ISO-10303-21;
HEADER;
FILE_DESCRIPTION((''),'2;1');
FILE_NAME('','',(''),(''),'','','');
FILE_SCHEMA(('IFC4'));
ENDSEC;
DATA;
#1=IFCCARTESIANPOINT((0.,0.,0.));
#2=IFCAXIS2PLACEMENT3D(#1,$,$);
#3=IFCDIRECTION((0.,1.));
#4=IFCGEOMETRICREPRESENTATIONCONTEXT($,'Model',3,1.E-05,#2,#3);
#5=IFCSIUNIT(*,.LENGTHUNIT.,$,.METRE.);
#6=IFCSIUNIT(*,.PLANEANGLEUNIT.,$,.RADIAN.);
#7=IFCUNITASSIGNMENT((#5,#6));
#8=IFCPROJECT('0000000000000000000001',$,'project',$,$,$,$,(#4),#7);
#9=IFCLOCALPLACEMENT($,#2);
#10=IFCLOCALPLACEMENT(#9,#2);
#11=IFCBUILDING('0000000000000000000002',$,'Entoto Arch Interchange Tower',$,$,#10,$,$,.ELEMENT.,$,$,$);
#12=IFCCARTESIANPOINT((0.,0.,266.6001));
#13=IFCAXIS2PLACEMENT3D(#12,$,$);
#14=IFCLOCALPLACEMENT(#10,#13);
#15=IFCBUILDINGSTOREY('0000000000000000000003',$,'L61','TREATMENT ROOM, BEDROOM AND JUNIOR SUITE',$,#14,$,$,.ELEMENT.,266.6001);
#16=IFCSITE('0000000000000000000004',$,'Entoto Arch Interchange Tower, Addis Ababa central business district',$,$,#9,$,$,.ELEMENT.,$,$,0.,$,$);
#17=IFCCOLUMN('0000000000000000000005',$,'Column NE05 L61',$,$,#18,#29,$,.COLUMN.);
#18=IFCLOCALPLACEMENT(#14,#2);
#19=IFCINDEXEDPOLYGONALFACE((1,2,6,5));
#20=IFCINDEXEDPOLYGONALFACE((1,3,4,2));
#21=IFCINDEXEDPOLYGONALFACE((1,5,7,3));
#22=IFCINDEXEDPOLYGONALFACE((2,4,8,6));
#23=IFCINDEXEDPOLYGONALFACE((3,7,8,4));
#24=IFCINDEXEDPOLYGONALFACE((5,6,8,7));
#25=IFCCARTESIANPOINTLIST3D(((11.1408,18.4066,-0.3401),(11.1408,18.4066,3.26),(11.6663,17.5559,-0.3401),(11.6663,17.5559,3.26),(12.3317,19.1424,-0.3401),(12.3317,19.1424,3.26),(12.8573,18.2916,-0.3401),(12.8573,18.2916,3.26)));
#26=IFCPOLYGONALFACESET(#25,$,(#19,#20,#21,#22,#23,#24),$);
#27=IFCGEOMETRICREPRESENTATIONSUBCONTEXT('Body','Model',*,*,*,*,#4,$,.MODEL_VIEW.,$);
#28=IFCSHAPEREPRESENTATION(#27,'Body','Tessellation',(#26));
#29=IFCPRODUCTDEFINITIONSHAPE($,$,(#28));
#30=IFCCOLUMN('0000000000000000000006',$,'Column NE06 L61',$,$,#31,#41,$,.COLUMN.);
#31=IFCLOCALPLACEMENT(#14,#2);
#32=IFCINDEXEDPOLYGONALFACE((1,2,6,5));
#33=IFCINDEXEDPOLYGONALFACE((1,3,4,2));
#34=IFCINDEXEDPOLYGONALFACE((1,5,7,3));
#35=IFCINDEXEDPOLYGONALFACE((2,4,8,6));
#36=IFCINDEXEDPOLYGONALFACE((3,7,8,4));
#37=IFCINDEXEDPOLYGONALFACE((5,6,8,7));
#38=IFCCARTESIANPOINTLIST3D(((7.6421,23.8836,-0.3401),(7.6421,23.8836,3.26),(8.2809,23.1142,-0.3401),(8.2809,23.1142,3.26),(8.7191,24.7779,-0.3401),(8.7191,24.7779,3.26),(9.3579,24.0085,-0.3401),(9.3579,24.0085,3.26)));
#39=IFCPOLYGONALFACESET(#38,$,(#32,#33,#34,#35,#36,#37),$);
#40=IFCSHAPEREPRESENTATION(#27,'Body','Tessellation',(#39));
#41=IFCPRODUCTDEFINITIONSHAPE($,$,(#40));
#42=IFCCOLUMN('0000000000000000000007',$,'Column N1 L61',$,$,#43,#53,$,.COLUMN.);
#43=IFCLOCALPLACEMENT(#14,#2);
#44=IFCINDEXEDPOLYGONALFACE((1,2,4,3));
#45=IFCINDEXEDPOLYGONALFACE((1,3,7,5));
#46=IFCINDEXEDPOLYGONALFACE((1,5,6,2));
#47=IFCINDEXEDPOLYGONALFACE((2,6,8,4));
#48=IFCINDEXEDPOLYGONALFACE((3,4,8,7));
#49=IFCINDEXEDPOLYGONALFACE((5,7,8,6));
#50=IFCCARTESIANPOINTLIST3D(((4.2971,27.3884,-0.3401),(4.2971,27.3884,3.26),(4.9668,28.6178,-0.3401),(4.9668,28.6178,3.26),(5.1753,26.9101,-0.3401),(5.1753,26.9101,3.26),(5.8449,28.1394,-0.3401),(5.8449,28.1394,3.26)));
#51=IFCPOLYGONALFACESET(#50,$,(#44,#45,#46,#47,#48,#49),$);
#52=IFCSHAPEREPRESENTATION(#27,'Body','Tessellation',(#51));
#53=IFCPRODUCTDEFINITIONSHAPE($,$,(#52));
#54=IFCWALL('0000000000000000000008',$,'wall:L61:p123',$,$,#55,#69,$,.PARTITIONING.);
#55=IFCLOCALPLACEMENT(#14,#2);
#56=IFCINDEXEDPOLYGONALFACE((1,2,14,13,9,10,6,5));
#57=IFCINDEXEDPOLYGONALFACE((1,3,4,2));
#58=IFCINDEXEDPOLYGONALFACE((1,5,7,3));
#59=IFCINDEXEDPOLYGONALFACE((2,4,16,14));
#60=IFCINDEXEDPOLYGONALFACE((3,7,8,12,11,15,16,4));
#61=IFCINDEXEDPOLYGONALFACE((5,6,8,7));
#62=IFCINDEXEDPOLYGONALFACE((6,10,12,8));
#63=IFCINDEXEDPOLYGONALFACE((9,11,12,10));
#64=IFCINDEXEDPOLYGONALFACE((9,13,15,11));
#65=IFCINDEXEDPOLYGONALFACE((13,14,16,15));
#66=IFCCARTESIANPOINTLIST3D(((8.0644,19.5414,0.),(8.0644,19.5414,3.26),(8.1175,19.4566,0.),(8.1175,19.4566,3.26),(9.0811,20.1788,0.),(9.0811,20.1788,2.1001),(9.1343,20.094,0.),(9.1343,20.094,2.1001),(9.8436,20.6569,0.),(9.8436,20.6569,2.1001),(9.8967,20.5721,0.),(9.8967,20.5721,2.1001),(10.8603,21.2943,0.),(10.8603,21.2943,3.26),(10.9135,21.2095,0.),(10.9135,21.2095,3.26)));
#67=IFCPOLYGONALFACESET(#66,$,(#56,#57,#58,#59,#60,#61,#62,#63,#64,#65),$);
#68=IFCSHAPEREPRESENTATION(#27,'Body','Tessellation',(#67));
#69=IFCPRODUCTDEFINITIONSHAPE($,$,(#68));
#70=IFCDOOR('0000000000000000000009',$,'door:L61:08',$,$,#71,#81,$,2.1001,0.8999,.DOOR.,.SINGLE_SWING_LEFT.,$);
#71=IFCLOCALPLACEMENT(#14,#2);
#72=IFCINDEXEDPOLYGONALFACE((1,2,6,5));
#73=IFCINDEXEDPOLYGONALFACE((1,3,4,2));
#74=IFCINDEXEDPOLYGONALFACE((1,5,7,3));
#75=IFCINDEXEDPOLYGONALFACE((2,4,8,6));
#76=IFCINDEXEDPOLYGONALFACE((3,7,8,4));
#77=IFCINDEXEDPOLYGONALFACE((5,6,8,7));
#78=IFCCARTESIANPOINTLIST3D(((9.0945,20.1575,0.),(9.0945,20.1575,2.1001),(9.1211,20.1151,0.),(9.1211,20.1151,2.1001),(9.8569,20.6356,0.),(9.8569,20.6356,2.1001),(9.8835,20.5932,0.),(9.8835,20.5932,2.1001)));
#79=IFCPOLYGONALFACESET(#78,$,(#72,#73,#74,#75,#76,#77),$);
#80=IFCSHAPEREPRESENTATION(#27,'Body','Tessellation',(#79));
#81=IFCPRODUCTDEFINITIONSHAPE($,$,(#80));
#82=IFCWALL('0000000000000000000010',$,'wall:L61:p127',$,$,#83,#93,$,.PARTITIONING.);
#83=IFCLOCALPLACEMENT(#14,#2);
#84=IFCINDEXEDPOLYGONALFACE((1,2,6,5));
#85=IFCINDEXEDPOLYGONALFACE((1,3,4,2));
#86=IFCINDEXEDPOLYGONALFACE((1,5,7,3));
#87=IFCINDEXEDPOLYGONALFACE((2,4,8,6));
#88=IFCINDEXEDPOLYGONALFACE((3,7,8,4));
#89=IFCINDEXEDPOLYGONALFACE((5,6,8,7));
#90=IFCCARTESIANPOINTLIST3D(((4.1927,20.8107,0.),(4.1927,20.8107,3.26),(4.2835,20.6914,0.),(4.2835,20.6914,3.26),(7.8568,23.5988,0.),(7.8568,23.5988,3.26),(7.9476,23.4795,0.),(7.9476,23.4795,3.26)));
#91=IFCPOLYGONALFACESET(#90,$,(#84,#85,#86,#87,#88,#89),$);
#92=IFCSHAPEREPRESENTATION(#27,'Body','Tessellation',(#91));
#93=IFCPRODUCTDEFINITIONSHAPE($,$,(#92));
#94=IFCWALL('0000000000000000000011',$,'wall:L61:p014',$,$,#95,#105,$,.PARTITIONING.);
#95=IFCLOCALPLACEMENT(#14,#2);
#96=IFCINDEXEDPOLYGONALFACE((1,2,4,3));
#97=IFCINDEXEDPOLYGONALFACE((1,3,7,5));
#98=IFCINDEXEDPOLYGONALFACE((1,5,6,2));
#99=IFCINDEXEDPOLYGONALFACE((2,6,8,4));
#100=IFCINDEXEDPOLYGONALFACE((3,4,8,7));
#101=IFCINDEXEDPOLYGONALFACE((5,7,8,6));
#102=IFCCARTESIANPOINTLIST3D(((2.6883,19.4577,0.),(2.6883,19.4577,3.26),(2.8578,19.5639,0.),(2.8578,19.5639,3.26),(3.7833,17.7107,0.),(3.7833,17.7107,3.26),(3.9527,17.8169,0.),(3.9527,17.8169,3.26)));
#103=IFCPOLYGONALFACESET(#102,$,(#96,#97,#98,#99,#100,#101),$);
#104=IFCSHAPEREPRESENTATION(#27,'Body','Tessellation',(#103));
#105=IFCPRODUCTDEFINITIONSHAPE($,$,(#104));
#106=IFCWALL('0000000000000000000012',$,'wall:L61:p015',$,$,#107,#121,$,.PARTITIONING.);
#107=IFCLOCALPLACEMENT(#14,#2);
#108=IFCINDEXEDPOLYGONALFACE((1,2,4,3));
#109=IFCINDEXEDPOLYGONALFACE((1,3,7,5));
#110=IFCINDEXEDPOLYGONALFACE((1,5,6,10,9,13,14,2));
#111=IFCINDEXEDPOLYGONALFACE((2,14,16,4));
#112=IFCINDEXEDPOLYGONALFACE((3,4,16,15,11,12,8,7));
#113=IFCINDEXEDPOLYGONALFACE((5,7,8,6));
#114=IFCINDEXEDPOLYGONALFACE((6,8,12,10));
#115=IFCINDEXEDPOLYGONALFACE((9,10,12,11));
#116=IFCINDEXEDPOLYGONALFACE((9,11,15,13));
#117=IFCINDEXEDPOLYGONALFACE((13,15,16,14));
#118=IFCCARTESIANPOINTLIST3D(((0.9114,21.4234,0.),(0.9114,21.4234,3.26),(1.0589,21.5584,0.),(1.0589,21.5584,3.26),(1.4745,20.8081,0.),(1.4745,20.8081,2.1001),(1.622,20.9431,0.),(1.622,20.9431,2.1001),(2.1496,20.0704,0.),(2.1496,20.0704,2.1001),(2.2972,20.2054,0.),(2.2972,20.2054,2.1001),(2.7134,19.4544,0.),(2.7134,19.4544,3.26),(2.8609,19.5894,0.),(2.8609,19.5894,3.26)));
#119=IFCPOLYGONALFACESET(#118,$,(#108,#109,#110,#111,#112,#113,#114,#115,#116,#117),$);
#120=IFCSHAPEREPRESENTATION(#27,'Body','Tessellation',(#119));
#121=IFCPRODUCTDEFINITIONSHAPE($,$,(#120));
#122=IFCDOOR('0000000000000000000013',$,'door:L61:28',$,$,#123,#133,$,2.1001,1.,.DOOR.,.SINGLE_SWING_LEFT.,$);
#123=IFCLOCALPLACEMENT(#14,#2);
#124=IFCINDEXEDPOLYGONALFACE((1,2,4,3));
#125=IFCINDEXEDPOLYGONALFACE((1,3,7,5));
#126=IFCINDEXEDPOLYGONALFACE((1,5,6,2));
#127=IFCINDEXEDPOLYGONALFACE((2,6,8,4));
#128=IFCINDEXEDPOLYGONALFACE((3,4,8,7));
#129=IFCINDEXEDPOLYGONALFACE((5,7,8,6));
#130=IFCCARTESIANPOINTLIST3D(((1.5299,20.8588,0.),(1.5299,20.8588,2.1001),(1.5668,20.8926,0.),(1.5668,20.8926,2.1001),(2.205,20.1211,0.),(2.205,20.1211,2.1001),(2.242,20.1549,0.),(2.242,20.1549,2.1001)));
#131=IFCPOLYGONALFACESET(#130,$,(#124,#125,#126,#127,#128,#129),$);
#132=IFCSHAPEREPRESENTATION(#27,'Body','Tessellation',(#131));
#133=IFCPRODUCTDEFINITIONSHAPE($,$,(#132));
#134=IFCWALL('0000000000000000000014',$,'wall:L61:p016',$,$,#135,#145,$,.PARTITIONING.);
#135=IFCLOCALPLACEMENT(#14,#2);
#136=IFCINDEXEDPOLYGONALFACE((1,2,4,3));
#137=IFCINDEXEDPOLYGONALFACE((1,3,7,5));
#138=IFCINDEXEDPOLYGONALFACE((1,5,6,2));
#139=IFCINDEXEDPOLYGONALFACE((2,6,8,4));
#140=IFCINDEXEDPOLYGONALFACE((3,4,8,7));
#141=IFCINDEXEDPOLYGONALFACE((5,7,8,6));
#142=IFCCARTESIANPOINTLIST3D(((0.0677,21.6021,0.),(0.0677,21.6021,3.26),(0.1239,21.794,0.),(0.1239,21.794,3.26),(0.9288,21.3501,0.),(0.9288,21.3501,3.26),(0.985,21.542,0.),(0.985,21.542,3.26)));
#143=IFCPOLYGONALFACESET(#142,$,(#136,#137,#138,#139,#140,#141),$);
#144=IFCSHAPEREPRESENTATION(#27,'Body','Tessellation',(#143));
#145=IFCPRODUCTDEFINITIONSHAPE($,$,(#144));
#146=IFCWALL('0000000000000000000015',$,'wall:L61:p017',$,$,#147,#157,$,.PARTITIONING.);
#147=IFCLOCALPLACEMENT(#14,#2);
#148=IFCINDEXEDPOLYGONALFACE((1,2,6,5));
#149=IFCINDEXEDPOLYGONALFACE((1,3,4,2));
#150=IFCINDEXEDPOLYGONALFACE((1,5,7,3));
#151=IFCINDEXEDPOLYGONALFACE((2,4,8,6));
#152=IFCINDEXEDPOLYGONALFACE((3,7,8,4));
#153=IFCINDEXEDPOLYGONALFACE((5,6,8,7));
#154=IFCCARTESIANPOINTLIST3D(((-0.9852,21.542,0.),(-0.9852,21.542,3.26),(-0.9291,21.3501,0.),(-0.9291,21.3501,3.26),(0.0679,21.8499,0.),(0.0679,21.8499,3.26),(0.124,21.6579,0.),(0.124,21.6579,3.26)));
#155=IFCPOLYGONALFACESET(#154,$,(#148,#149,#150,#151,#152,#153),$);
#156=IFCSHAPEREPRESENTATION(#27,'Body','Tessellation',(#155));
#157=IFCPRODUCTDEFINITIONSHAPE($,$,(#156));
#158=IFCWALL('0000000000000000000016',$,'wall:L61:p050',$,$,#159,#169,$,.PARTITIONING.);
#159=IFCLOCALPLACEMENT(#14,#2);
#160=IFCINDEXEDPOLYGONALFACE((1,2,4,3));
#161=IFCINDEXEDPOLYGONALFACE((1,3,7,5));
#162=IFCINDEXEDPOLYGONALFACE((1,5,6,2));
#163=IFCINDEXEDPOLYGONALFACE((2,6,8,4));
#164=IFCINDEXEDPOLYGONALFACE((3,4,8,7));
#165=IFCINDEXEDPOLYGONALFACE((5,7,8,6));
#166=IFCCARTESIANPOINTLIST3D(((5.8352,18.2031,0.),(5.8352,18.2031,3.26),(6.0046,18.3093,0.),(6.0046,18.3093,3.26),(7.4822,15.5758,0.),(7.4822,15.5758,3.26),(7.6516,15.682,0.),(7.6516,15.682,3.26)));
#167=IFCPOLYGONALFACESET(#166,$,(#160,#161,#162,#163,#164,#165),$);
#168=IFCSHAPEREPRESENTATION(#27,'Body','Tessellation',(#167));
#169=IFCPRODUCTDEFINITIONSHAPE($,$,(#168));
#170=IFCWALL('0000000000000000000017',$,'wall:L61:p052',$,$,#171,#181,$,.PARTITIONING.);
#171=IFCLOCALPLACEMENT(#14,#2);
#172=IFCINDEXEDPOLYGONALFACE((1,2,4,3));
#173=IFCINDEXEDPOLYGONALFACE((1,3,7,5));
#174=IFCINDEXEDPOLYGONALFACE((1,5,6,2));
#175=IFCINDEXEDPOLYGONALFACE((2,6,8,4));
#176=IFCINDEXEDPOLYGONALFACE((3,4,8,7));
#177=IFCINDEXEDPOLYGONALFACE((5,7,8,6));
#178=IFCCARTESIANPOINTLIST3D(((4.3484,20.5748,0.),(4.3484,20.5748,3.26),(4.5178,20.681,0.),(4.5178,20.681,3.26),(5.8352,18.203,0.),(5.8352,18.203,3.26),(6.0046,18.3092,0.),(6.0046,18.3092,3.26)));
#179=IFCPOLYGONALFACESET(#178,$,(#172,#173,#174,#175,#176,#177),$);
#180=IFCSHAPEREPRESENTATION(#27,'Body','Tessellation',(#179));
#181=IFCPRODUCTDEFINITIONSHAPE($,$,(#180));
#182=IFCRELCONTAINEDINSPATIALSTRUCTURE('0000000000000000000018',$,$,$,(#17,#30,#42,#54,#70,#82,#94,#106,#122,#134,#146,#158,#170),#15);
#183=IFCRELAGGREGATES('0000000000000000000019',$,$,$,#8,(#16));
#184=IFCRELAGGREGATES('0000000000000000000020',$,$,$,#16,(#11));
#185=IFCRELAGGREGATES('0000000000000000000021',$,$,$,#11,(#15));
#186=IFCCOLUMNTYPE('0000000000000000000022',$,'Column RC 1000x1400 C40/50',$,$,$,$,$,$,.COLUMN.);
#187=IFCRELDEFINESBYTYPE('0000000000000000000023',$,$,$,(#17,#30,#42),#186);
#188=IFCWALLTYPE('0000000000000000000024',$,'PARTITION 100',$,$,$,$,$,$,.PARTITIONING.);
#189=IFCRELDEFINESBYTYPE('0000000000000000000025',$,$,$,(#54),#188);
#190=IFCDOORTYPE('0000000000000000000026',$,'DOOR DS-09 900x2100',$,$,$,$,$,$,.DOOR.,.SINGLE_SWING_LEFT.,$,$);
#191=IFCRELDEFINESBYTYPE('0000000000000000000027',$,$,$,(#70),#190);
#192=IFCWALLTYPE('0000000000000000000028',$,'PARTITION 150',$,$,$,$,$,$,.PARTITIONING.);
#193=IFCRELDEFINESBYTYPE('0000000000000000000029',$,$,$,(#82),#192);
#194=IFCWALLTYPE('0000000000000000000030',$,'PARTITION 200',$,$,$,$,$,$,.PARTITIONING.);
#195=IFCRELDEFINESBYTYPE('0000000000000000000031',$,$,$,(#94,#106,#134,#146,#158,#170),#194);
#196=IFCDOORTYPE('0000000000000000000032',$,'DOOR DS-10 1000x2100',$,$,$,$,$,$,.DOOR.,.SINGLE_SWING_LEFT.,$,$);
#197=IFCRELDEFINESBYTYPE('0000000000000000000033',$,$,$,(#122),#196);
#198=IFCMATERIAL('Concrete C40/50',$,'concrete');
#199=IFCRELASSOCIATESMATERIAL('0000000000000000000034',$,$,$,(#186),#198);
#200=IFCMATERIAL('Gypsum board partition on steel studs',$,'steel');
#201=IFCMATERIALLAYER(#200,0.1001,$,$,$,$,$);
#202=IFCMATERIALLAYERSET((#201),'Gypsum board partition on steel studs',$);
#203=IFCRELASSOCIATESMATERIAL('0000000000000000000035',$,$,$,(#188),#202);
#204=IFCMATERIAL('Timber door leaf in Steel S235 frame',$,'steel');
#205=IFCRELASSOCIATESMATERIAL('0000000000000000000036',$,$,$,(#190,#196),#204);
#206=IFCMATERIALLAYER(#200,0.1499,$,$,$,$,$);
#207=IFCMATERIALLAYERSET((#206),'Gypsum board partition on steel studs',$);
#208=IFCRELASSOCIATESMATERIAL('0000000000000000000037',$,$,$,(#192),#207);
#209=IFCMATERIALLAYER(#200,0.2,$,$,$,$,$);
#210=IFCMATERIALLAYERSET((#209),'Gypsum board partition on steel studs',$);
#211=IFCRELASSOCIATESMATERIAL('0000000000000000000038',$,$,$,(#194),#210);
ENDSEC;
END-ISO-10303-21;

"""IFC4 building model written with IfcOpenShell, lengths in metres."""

from ifc_helpers import new_model, si_unit, direction, frame, frame_2d, origin, origin_2d, place, context, subcontext, project, spatial, rectangle, extrude, material, layer, layer_set, material_profile, profile_set, type_object, element, fill, save


model = new_model("IFC4")

# Units and contexts
model_context = context("Model", 3, precision=1e-05, world=origin(), true_north=direction((0.0, 1.0)))
body_context = subcontext(model_context, "Body", "Model", "MODEL_VIEW")
ifc_project = project(units=[si_unit("LENGTHUNIT", "METRE"), si_unit("PLANEANGLEUNIT", "RADIAN")], contexts=[model_context])

# Site, building, storey
site_placement = place(None, origin())
site = spatial("IfcSite", under=ifc_project, at=site_placement, Name="Entoto Arch Interchange Tower, Addis Ababa central business district", CompositionType="ELEMENT", RefElevation=0.0)
building_placement = place(site_placement, origin())
building = spatial("IfcBuilding", under=site, at=building_placement, Name="Entoto Arch Interchange Tower", CompositionType="ELEMENT")
storey_placement = place(building_placement, frame((0.0, 0.0, 266.6001)))
storey = spatial("IfcBuildingStorey", under=building, at=storey_placement, Name="L61", Description="TREATMENT ROOM, BEDROOM AND JUNIOR SUITE", CompositionType="ELEMENT", Elevation=266.6001)

# Columns
ifc_material_1 = material(Name="Concrete C40/50", Category="concrete")
ifc_material_profile = material_profile(ifc_material_1, rectangle(XDim=1.0, YDim=1.3999, at=origin_2d()))
ifc_profile_set = profile_set([ifc_material_profile], Name="Concrete C40/50")
column_type = type_object("IfcColumnType", Name="Column RC 1000x1400 C40/50", PredefinedType="COLUMN", material=ifc_profile_set)
for number, where, z_axis, x_axis, name in (
    (1, (11.999, 18.3491, -0.3401), (0.0, 0.0, 1.0), (-0.525576, 0.850747, 0.0), "Column NE05 L61"),
    (2, (8.5, 23.946, -0.3401), (0.0, 0.0, 1.0), (-0.638835, 0.769344, 0.0), "Column NE06 L61"),
    (3, (5.071, 27.7639, -0.3401), (0.0, 0.0, 1.0), (-0.878175, 0.478339, 0.0), "Column N1 L61"),
):
    element("IfcColumn", number, at=place(storey_placement, frame(where, z_axis=z_axis, x_axis=x_axis)), inside=storey, type_object=column_type, Name=name, PredefinedType="COLUMN", context=body_context, shape_type="SweptSolid", body=[
        extrude(rectangle(XDim=1.0, YDim=1.3999, at=origin_2d()), origin(), (0.0, 0.0, 1.0), 3.6001),
    ])

# Wall, opening, door
ifc_material_2 = material(Name="Gypsum board partition on steel studs", Category="steel")
ifc_layer_1 = layer(ifc_material_2, 0.1001)
ifc_layer_set_1 = layer_set([ifc_layer_1], Name="Gypsum board partition on steel studs")
wall_type_1 = type_object("IfcWallType", Name="PARTITION 100", PredefinedType="PARTITIONING", material=ifc_layer_set_1)
wall_1_placement = place(storey_placement, frame((8.0911, 19.499, 0.0), z_axis=(0.0, 0.0, 1.0), x_axis=(0.847249, 0.531195, 0.0)))
wall_1 = element("IfcWall", 4, at=wall_1_placement, inside=storey, type_object=wall_type_1, Name="wall:L61:p123", PredefinedType="PARTITIONING", context=body_context, shape_type="SweptSolid", body=[
    extrude(rectangle(XDim=3.3, YDim=0.1001, at=frame_2d((1.6499, 0.0))), origin(), (0.0, 0.0, 1.0), 3.26),
])
opening_1_placement = place(wall_1_placement, frame((1.2, 0.0, 0.0)))
opening_1 = element("IfcOpeningElement", 5, at=opening_1_placement, cuts=wall_1, PredefinedType="OPENING", context=body_context, shape_type="SweptSolid", body=[
    extrude(rectangle(XDim=0.8999, YDim=2.1001, at=frame_2d((0.45, 1.05))), frame((0.0, 0.0601, 0.0), z_axis=(0.0, -1.0, 0.0), x_axis=(1.0, 0.0, 0.0)), (0.0, 0.0, 1.0), 0.1201),
])
ifc_material_3 = material(Name="Timber door leaf in Steel S235 frame", Category="steel")
door_type_1 = type_object("IfcDoorType", Name="DOOR DS-09 900x2100", OperationType="SINGLE_SWING_LEFT", PredefinedType="DOOR", material=ifc_material_3)
door_1_placement = place(opening_1_placement, origin())
door_1 = element("IfcDoor", 6, at=door_1_placement, inside=storey, type_object=door_type_1, Name="door:L61:08", OperationType="SINGLE_SWING_LEFT", OverallHeight=2.1001, OverallWidth=0.8999, PredefinedType="DOOR", context=body_context, shape_type="SweptSolid", body=[
    extrude(rectangle(XDim=0.8999, YDim=2.1001, at=frame_2d((0.45, 1.05))), frame((0.0, 0.0249, 0.0), z_axis=(0.0, -1.0, 0.0), x_axis=(1.0, 0.0, 0.0)), (0.0, 0.0, 1.0), 0.05),
])
fill(opening_1, door_1)

# Walls
ifc_layer_2 = layer(ifc_material_2, 0.1499)
ifc_layer_set_2 = layer_set([ifc_layer_2], Name="Gypsum board partition on steel studs")
wall_type_2 = type_object("IfcWallType", Name="PARTITION 150", PredefinedType="PARTITIONING", material=ifc_layer_set_2)
wall_2_placement = place(storey_placement, frame((4.238, 20.751, 0.0), z_axis=(0.0, 0.0, 1.0), x_axis=(0.795806, 0.605551, 0.0)))
element("IfcWall", 7, at=wall_2_placement, inside=storey, type_object=wall_type_2, Name="wall:L61:p127", PredefinedType="PARTITIONING", context=body_context, shape_type="SweptSolid", body=[
    extrude(rectangle(XDim=4.6042, YDim=0.1499, at=frame_2d((2.3022, 0.0))), origin(), (0.0, 0.0, 1.0), 3.26),
])
ifc_layer_3 = layer(ifc_material_2, 0.2)
ifc_layer_set_3 = layer_set([ifc_layer_3], Name="Gypsum board partition on steel studs")
wall_type_3 = type_object("IfcWallType", Name="PARTITION 200", PredefinedType="PARTITIONING", material=ifc_layer_set_3)
wall_3_placement = place(storey_placement, frame((3.8679, 17.7639, 0.0), z_axis=(0.0, 0.0, 1.0), x_axis=(-0.531063, 0.847332, 0.0)))
element("IfcWall", 8, at=wall_3_placement, inside=storey, type_object=wall_type_3, Name="wall:L61:p014", PredefinedType="PARTITIONING", context=body_context, shape_type="SweptSolid", body=[
    extrude(rectangle(XDim=2.0618, YDim=0.2, at=frame_2d((1.0308, 0.0))), origin(), (0.0, 0.0, 1.0), 3.26),
])

# Wall, opening, door
wall_4_placement = place(storey_placement, frame((2.7871, 19.522, 0.0), z_axis=(0.0, 0.0, 1.0), x_axis=(-0.675132, 0.737697, 0.0)))
wall_4 = element("IfcWall", 9, at=wall_4_placement, inside=storey, type_object=wall_type_3, Name="wall:L61:p015", PredefinedType="PARTITIONING", context=body_context, shape_type="SweptSolid", body=[
    extrude(rectangle(XDim=2.6692, YDim=0.2, at=frame_2d((1.3345, 0.0))), origin(), (0.0, 0.0, 1.0), 3.26),
])
opening_2_placement = place(wall_4_placement, frame((0.835, 0.0, 0.0)))
opening_2 = element("IfcOpeningElement", 10, at=opening_2_placement, cuts=wall_4, PredefinedType="OPENING", context=body_context, shape_type="SweptSolid", body=[
    extrude(rectangle(XDim=1.0, YDim=2.1001, at=frame_2d((0.5, 1.05))), frame((0.0, 0.1099, 0.0), z_axis=(0.0, -1.0, 0.0), x_axis=(1.0, 0.0, 0.0)), (0.0, 0.0, 1.0), 0.22),
])
door_type_2 = type_object("IfcDoorType", Name="DOOR DS-10 1000x2100", OperationType="SINGLE_SWING_LEFT", PredefinedType="DOOR", material=ifc_material_3)
door_2_placement = place(opening_2_placement, origin())
door_2 = element("IfcDoor", 11, at=door_2_placement, inside=storey, type_object=door_type_2, Name="door:L61:28", OperationType="SINGLE_SWING_LEFT", OverallHeight=2.1001, OverallWidth=1.0, PredefinedType="DOOR", context=body_context, shape_type="SweptSolid", body=[
    extrude(rectangle(XDim=1.0, YDim=2.1001, at=frame_2d((0.5, 1.05))), frame((0.0, 0.0249, 0.0), z_axis=(0.0, -1.0, 0.0), x_axis=(1.0, 0.0, 0.0)), (0.0, 0.0, 1.0), 0.05),
])
fill(opening_2, door_2)

# Walls
wall_5_placement = place(storey_placement, frame((0.957, 21.446, 0.0), z_axis=(0.0, 0.0, 1.0), x_axis=(-0.959759, 0.280825, 0.0)))
element("IfcWall", 12, at=wall_5_placement, inside=storey, type_object=wall_type_3, Name="wall:L61:p016", PredefinedType="PARTITIONING", context=body_context, shape_type="SweptSolid", body=[
    extrude(rectangle(XDim=0.8972, YDim=0.2, at=frame_2d((0.4487, 0.0))), origin(), (0.0, 0.0, 1.0), 3.26),
])
wall_6_placement = place(storey_placement, frame((0.0959, 21.7539, 0.0), z_axis=(0.0, 0.0, 1.0), x_axis=(-0.959818, -0.280624, 0.0)))
element("IfcWall", 13, at=wall_6_placement, inside=storey, type_object=wall_type_3, Name="wall:L61:p017", PredefinedType="PARTITIONING", context=body_context, shape_type="SweptSolid", body=[
    extrude(rectangle(XDim=1.0972, YDim=0.2, at=frame_2d((0.5486, 0.0))), origin(), (0.0, 0.0, 1.0), 3.26),
])
wall_7_placement = place(storey_placement, frame((5.9199, 18.2561, 0.0), z_axis=(0.0, 0.0, 1.0), x_axis=(0.531152, -0.847277, 0.0)))
element("IfcWall", 14, at=wall_7_placement, inside=storey, type_object=wall_type_3, Name="wall:L61:p050", PredefinedType="PARTITIONING", context=body_context, shape_type="SweptSolid", body=[
    extrude(rectangle(XDim=3.1008, YDim=0.2, at=frame_2d((1.5503, 0.0))), origin(), (0.0, 0.0, 1.0), 3.26),
])
wall_8_placement = place(storey_placement, frame((4.4331, 20.6279, 0.0), z_axis=(0.0, 0.0, 1.0), x_axis=(0.531135, -0.847287, 0.0)))
element("IfcWall", 15, at=wall_8_placement, inside=storey, type_object=wall_type_3, Name="wall:L61:p052", PredefinedType="PARTITIONING", context=body_context, shape_type="SweptSolid", body=[
    extrude(rectangle(XDim=2.7993, YDim=0.2, at=frame_2d((1.3997, 0.0))), origin(), (0.0, 0.0, 1.0), 3.26),
])

save(model, "model.ifc")
